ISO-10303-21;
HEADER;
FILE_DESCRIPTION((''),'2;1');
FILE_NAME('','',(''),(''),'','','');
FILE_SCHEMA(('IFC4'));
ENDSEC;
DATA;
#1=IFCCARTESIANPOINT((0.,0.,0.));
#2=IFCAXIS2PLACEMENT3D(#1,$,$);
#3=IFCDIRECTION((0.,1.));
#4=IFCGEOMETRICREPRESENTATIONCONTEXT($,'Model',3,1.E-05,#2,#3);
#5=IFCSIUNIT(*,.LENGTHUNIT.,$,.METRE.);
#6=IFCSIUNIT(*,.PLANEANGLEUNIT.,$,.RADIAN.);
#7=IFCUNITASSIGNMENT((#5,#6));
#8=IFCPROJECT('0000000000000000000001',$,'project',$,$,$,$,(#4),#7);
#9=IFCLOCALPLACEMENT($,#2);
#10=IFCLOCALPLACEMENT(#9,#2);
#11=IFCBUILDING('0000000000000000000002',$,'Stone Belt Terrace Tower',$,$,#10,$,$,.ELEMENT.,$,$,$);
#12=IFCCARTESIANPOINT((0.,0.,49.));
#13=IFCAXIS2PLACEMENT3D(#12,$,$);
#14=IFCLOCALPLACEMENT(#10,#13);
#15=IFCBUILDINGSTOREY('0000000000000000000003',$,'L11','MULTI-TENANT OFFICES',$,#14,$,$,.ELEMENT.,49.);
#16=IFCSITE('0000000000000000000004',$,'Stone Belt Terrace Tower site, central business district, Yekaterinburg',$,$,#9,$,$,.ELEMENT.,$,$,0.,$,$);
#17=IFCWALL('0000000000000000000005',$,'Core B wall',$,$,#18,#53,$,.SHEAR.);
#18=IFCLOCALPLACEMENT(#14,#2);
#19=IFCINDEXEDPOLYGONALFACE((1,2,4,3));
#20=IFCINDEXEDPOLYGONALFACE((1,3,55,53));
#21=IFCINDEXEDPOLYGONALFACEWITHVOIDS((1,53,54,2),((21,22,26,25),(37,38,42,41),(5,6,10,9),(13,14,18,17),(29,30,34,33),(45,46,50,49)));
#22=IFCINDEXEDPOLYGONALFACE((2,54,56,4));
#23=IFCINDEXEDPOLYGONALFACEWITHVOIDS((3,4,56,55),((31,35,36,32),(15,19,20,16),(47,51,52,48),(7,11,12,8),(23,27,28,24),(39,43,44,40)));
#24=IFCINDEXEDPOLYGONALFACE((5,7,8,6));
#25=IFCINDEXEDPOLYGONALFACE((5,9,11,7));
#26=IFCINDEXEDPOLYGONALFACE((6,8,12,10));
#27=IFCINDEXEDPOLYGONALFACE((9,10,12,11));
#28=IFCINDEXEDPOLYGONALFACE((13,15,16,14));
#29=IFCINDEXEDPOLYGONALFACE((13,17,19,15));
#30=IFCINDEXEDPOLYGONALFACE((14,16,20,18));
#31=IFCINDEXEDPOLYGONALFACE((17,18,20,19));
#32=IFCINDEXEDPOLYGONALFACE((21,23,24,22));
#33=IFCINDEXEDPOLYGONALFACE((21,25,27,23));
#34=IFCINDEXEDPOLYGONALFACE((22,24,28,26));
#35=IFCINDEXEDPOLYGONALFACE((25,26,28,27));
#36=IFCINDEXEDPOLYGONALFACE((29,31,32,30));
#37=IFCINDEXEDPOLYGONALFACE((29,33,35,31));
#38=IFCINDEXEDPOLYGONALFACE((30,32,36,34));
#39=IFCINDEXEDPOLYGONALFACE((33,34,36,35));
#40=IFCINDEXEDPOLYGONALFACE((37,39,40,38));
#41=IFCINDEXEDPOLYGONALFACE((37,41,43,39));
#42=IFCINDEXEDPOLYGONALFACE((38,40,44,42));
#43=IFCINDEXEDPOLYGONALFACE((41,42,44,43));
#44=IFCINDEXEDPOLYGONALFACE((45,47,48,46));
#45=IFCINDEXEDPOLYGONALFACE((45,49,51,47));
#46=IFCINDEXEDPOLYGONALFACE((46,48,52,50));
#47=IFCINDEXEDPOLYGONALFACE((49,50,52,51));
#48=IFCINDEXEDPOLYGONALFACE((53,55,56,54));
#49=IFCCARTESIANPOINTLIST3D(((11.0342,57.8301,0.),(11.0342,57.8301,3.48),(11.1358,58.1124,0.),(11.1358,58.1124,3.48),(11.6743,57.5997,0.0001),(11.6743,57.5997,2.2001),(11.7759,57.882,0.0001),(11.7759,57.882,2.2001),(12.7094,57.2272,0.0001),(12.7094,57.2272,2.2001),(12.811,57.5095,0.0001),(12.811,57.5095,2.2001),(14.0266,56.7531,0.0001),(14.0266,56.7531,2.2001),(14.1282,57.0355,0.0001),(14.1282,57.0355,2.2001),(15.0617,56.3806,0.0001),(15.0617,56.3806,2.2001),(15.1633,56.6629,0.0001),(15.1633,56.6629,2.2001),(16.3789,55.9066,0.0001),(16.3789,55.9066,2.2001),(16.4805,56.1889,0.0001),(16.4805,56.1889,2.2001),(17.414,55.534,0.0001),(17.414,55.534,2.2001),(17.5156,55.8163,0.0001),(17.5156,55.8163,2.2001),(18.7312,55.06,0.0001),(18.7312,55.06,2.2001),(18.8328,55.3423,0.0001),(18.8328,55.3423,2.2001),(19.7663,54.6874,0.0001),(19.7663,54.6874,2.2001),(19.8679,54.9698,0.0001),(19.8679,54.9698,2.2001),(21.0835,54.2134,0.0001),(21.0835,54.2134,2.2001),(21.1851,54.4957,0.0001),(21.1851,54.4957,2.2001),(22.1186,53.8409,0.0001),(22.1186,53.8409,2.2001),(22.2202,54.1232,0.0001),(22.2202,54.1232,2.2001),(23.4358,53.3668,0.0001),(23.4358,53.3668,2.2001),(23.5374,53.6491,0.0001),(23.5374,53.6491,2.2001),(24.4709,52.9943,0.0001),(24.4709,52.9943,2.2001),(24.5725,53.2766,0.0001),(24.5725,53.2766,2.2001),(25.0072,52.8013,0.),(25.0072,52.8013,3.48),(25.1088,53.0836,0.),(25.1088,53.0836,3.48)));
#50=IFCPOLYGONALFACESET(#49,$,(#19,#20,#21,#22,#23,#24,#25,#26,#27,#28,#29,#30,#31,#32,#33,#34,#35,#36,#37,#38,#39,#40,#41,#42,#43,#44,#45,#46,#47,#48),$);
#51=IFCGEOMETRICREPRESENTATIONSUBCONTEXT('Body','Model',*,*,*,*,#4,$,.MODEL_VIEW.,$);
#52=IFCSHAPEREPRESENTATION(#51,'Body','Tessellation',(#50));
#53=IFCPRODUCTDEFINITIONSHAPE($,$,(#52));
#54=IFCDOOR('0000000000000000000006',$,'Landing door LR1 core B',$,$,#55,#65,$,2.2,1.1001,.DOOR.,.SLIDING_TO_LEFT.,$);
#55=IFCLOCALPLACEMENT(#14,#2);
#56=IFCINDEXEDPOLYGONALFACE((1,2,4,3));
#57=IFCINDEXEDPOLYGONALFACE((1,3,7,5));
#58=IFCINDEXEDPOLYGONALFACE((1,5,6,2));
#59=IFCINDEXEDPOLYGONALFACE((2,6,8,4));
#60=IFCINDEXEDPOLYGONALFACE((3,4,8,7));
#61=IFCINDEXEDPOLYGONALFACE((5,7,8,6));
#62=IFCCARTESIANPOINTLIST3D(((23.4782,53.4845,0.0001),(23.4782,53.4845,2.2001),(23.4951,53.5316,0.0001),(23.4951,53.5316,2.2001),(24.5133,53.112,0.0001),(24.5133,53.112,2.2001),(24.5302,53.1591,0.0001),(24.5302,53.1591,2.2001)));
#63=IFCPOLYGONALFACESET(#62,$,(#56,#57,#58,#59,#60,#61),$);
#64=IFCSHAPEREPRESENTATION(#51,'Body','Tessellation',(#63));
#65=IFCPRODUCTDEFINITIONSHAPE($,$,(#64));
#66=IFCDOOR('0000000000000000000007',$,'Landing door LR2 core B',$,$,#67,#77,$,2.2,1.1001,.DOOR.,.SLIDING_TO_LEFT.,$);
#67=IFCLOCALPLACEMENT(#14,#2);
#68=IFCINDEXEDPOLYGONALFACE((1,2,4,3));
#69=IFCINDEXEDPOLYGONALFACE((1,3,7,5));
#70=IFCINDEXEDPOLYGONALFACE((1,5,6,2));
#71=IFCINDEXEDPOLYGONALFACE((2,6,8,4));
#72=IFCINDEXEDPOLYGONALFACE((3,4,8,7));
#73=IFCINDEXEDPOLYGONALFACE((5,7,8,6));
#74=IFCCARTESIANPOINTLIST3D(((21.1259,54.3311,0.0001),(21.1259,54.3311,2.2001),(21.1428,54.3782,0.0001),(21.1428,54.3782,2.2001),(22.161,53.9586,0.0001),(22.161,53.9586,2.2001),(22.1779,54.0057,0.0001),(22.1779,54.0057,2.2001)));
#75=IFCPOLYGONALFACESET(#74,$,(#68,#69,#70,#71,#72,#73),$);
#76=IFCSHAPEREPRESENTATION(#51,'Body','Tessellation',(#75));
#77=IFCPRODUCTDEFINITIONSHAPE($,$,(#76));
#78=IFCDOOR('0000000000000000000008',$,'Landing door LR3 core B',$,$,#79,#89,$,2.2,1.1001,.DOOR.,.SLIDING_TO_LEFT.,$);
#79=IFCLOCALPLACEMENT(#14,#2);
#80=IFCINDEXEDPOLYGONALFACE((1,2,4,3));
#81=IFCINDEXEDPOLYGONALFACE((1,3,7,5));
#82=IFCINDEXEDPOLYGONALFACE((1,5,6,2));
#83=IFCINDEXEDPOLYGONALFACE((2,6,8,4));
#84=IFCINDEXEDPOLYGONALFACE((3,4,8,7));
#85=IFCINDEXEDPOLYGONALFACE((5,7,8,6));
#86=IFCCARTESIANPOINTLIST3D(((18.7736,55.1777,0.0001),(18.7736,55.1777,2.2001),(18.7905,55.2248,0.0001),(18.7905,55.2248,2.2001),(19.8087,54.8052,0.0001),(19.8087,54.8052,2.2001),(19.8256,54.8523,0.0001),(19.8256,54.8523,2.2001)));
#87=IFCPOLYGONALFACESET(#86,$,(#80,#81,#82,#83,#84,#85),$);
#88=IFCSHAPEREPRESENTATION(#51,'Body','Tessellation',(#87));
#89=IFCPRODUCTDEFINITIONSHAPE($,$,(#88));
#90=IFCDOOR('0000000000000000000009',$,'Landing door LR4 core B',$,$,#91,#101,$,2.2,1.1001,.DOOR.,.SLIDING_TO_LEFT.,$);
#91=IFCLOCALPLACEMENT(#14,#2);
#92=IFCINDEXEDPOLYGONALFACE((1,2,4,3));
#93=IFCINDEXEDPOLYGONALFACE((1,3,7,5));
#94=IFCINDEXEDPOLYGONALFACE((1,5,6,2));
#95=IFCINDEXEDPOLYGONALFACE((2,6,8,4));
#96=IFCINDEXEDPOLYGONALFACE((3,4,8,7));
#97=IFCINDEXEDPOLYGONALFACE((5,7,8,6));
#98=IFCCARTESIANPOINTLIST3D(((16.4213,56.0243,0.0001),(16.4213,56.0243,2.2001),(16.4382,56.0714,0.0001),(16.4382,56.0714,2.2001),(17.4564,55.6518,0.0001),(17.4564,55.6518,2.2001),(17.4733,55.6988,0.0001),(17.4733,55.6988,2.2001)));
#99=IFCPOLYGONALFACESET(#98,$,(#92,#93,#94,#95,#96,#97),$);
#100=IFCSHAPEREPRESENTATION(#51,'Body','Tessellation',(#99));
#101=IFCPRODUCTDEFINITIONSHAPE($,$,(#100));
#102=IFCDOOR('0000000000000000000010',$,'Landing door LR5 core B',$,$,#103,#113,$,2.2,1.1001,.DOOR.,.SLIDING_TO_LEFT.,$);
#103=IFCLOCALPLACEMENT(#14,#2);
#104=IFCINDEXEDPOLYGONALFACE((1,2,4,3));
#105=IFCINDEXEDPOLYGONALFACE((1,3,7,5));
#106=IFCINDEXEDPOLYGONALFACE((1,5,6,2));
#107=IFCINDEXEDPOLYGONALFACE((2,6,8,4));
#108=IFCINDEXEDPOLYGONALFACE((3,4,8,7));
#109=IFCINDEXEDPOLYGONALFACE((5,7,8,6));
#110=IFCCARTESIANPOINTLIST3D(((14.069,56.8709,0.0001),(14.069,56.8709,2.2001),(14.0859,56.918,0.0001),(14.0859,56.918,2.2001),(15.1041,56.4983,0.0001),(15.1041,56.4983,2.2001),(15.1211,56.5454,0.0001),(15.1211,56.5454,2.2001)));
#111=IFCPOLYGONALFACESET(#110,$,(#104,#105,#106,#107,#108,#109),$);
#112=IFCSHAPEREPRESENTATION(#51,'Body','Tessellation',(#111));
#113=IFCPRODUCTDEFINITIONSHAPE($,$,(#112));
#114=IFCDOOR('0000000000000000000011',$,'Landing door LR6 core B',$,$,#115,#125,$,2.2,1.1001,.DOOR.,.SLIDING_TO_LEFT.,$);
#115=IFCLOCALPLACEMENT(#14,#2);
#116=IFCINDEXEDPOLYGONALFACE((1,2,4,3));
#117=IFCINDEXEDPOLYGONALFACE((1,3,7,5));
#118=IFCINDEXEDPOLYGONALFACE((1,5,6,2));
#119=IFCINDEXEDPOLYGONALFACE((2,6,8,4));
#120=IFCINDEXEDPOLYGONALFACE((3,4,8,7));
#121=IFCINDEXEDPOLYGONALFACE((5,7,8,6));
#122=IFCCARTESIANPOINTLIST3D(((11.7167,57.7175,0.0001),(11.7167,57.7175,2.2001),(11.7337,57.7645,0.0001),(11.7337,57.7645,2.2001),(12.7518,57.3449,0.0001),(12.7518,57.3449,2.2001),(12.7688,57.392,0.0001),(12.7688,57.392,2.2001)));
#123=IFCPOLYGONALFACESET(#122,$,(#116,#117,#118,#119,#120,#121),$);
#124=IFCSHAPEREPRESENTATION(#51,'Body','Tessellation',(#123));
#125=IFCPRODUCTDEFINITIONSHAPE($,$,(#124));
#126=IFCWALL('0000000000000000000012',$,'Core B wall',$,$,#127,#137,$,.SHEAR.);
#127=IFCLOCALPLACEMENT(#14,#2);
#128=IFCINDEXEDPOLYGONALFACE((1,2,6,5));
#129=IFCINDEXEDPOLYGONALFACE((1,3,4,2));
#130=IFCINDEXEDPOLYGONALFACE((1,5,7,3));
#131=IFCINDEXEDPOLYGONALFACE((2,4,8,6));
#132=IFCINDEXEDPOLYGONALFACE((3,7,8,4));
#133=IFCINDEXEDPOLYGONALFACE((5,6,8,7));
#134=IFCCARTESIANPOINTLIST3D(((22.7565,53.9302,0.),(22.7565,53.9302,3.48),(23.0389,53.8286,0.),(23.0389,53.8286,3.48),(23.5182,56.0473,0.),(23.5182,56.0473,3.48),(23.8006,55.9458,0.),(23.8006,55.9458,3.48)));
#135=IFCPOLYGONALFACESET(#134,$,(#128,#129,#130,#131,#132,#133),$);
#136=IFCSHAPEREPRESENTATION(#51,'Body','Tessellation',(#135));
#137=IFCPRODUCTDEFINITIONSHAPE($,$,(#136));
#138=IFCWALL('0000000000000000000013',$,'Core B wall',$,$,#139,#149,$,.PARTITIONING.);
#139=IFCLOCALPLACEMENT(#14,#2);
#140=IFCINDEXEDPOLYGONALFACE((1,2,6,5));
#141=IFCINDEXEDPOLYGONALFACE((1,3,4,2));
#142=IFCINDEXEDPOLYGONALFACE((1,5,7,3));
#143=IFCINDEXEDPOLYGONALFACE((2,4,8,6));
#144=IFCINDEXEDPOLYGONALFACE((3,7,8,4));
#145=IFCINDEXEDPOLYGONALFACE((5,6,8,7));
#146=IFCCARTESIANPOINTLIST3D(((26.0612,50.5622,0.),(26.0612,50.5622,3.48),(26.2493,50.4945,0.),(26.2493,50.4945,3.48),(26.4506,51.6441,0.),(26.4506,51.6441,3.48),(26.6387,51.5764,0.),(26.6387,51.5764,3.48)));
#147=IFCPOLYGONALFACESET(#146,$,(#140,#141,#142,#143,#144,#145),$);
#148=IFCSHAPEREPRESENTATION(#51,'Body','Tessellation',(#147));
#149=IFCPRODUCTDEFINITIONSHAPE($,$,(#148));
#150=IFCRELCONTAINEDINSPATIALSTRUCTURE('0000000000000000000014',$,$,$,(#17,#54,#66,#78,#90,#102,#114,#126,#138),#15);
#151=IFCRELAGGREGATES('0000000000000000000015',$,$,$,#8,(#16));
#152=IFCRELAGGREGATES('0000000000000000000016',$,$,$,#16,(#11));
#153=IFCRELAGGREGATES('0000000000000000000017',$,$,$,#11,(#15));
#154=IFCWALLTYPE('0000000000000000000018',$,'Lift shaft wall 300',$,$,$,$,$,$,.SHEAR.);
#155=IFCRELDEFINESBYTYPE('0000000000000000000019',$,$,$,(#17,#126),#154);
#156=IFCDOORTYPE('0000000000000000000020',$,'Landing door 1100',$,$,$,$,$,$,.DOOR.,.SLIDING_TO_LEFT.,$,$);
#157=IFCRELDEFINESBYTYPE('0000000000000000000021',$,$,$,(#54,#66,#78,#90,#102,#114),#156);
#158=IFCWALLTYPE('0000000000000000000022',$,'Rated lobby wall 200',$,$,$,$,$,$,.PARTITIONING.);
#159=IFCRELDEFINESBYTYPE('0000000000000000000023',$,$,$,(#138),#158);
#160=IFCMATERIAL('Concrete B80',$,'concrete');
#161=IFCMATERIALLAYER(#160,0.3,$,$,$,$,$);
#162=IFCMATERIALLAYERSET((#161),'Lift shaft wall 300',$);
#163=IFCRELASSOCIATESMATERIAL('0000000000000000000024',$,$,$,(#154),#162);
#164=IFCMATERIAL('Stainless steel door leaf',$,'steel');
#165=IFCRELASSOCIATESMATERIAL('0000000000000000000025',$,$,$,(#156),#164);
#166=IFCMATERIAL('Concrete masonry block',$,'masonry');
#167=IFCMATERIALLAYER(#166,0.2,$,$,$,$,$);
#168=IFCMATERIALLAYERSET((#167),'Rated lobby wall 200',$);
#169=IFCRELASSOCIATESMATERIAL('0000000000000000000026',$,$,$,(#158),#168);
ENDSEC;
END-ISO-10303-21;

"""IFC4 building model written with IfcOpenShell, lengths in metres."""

from ifc_helpers import new_model, si_unit, direction, frame, frame_2d, origin, place, context, subcontext, project, spatial, rectangle, extrude, material, layer, layer_set, type_object, element, fill, save


model = new_model("IFC4")

# Units and contexts
model_context = context("Model", 3, precision=1e-05, world=origin(), true_north=direction((0.0, 1.0)))
body_context = subcontext(model_context, "Body", "Model", "MODEL_VIEW")
ifc_project = project(units=[si_unit("LENGTHUNIT", "METRE"), si_unit("PLANEANGLEUNIT", "RADIAN")], contexts=[model_context])

# Site, building, storey
site_placement = place(None, origin())
site = spatial("IfcSite", under=ifc_project, at=site_placement, Name="Stone Belt Terrace Tower site, central business district, Yekaterinburg", CompositionType="ELEMENT", RefElevation=0.0)
building_placement = place(site_placement, origin())
building = spatial("IfcBuilding", under=site, at=building_placement, Name="Stone Belt Terrace Tower", CompositionType="ELEMENT")
storey_placement = place(building_placement, frame((0.0, 0.0, 49.0)))
storey = spatial("IfcBuildingStorey", under=building, at=storey_placement, Name="L11", Description="MULTI-TENANT OFFICES", CompositionType="ELEMENT", Elevation=49.0)

# Shared definitions
ifc_material_1 = material(Name="Concrete B80", Category="concrete")

# Shared definitions
ifc_layer_1 = layer(ifc_material_1, 0.3)
ifc_layer_set_1 = layer_set([ifc_layer_1], Name="Lift shaft wall 300")
wall_type_1 = type_object("IfcWallType", Name="Lift shaft wall 300", PredefinedType="SHEAR", material=ifc_layer_set_1)
ifc_material_2 = material(Name="Stainless steel door leaf", Category="steel")

# Wall, openings, doors
wall_1_placement = place(storey_placement, frame((25.0581, 52.9424, 0.0), z_axis=(0.0, 0.0, 1.0), x_axis=(-0.940918, 0.338634, 0.0)))
wall_1 = element("IfcWall", 1, at=wall_1_placement, inside=storey, type_object=wall_type_1, Name="Core B wall", PredefinedType="SHEAR", context=body_context, shape_type="SweptSolid", body=[
    extrude(rectangle(XDim=14.8503, YDim=0.3, at=frame_2d((7.4253, 0.0))), origin(), (0.0, 0.0, 1.0), 3.48),
])
opening_1_placement = place(wall_1_placement, frame((0.5701, 0.0, 0.0)))
opening_1 = element("IfcOpeningElement", 2, at=opening_1_placement, cuts=wall_1, PredefinedType="OPENING", context=body_context, shape_type="SweptSolid", body=[
    extrude(rectangle(XDim=1.1001, YDim=2.2, at=frame_2d((0.55, 1.1001))), frame((0.0, 0.1599, 0.0), z_axis=(0.0, -1.0, 0.0), x_axis=(1.0, 0.0, 0.0)), (0.0, 0.0, 1.0), 0.3201),
])
opening_2_placement = place(wall_1_placement, frame((3.0701, 0.0, 0.0)))
opening_2 = element("IfcOpeningElement", 3, at=opening_2_placement, cuts=wall_1, PredefinedType="OPENING", context=body_context, shape_type="SweptSolid", body=[
    extrude(rectangle(XDim=1.1001, YDim=2.2, at=frame_2d((0.55, 1.1001))), frame((0.0, 0.1599, 0.0), z_axis=(0.0, -1.0, 0.0), x_axis=(1.0, 0.0, 0.0)), (0.0, 0.0, 1.0), 0.3201),
])
opening_3_placement = place(wall_1_placement, frame((5.5701, 0.0, 0.0)))
opening_3 = element("IfcOpeningElement", 4, at=opening_3_placement, cuts=wall_1, PredefinedType="OPENING", context=body_context, shape_type="SweptSolid", body=[
    extrude(rectangle(XDim=1.1001, YDim=2.2, at=frame_2d((0.55, 1.1001))), frame((0.0, 0.1599, 0.0), z_axis=(0.0, -1.0, 0.0), x_axis=(1.0, 0.0, 0.0)), (0.0, 0.0, 1.0), 0.3201),
])
opening_4_placement = place(wall_1_placement, frame((8.0701, 0.0, 0.0)))
opening_4 = element("IfcOpeningElement", 5, at=opening_4_placement, cuts=wall_1, PredefinedType="OPENING", context=body_context, shape_type="SweptSolid", body=[
    extrude(rectangle(XDim=1.1001, YDim=2.2, at=frame_2d((0.55, 1.1001))), frame((0.0, 0.1599, 0.0), z_axis=(0.0, -1.0, 0.0), x_axis=(1.0, 0.0, 0.0)), (0.0, 0.0, 1.0), 0.3201),
])
opening_5_placement = place(wall_1_placement, frame((10.5701, 0.0, 0.0)))
opening_5 = element("IfcOpeningElement", 6, at=opening_5_placement, cuts=wall_1, PredefinedType="OPENING", context=body_context, shape_type="SweptSolid", body=[
    extrude(rectangle(XDim=1.1001, YDim=2.2, at=frame_2d((0.55, 1.1001))), frame((0.0, 0.1599, 0.0), z_axis=(0.0, -1.0, 0.0), x_axis=(1.0, 0.0, 0.0)), (0.0, 0.0, 1.0), 0.3201),
])
opening_6_placement = place(wall_1_placement, frame((13.0701, 0.0, 0.0)))
opening_6 = element("IfcOpeningElement", 7, at=opening_6_placement, cuts=wall_1, PredefinedType="OPENING", context=body_context, shape_type="SweptSolid", body=[
    extrude(rectangle(XDim=1.1001, YDim=2.2, at=frame_2d((0.55, 1.1001))), frame((0.0, 0.1599, 0.0), z_axis=(0.0, -1.0, 0.0), x_axis=(1.0, 0.0, 0.0)), (0.0, 0.0, 1.0), 0.3201),
])
door_type_1 = type_object("IfcDoorType", Name="Landing door 1100", OperationType="SLIDING_TO_LEFT", PredefinedType="DOOR", material=ifc_material_2)
door_1_placement = place(opening_1_placement, origin())
door_1 = element("IfcDoor", 8, at=door_1_placement, inside=storey, type_object=door_type_1, Name="Landing door LR1 core B", OperationType="SLIDING_TO_LEFT", OverallHeight=2.2, OverallWidth=1.1001, PredefinedType="DOOR", context=body_context, shape_type="SweptSolid", body=[
    extrude(rectangle(XDim=1.1001, YDim=2.2, at=frame_2d((0.55, 1.1001))), frame((0.0, 0.0249, 0.0), z_axis=(0.0, -1.0, 0.0), x_axis=(1.0, 0.0, 0.0)), (0.0, 0.0, 1.0), 0.05),
])
fill(opening_1, door_1)
door_2_placement = place(opening_2_placement, origin())
door_2 = element("IfcDoor", 9, at=door_2_placement, inside=storey, type_object=door_type_1, Name="Landing door LR2 core B", OperationType="SLIDING_TO_LEFT", OverallHeight=2.2, OverallWidth=1.1001, PredefinedType="DOOR", context=body_context, shape_type="SweptSolid", body=[
    extrude(rectangle(XDim=1.1001, YDim=2.2, at=frame_2d((0.55, 1.1001))), frame((0.0, 0.0249, 0.0), z_axis=(0.0, -1.0, 0.0), x_axis=(1.0, 0.0, 0.0)), (0.0, 0.0, 1.0), 0.05),
])
fill(opening_2, door_2)
door_3_placement = place(opening_3_placement, origin())
door_3 = element("IfcDoor", 10, at=door_3_placement, inside=storey, type_object=door_type_1, Name="Landing door LR3 core B", OperationType="SLIDING_TO_LEFT", OverallHeight=2.2, OverallWidth=1.1001, PredefinedType="DOOR", context=body_context, shape_type="SweptSolid", body=[
    extrude(rectangle(XDim=1.1001, YDim=2.2, at=frame_2d((0.55, 1.1001))), frame((0.0, 0.0249, 0.0), z_axis=(0.0, -1.0, 0.0), x_axis=(1.0, 0.0, 0.0)), (0.0, 0.0, 1.0), 0.05),
])
fill(opening_3, door_3)
door_4_placement = place(opening_4_placement, origin())
door_4 = element("IfcDoor", 11, at=door_4_placement, inside=storey, type_object=door_type_1, Name="Landing door LR4 core B", OperationType="SLIDING_TO_LEFT", OverallHeight=2.2, OverallWidth=1.1001, PredefinedType="DOOR", context=body_context, shape_type="SweptSolid", body=[
    extrude(rectangle(XDim=1.1001, YDim=2.2, at=frame_2d((0.55, 1.1001))), frame((0.0, 0.0249, 0.0), z_axis=(0.0, -1.0, 0.0), x_axis=(1.0, 0.0, 0.0)), (0.0, 0.0, 1.0), 0.05),
])
fill(opening_4, door_4)
door_5_placement = place(opening_5_placement, origin())
door_5 = element("IfcDoor", 12, at=door_5_placement, inside=storey, type_object=door_type_1, Name="Landing door LR5 core B", OperationType="SLIDING_TO_LEFT", OverallHeight=2.2, OverallWidth=1.1001, PredefinedType="DOOR", context=body_context, shape_type="SweptSolid", body=[
    extrude(rectangle(XDim=1.1001, YDim=2.2, at=frame_2d((0.55, 1.1001))), frame((0.0, 0.0249, 0.0), z_axis=(0.0, -1.0, 0.0), x_axis=(1.0, 0.0, 0.0)), (0.0, 0.0, 1.0), 0.05),
])
fill(opening_5, door_5)
door_6_placement = place(opening_6_placement, origin())
door_6 = element("IfcDoor", 13, at=door_6_placement, inside=storey, type_object=door_type_1, Name="Landing door LR6 core B", OperationType="SLIDING_TO_LEFT", OverallHeight=2.2, OverallWidth=1.1001, PredefinedType="DOOR", context=body_context, shape_type="SweptSolid", body=[
    extrude(rectangle(XDim=1.1001, YDim=2.2, at=frame_2d((0.55, 1.1001))), frame((0.0, 0.0249, 0.0), z_axis=(0.0, -1.0, 0.0), x_axis=(1.0, 0.0, 0.0)), (0.0, 0.0, 1.0), 0.05),
])
fill(opening_6, door_6)

# Walls
wall_2_placement = place(storey_placement, frame((22.8977, 53.8794, 0.0), z_axis=(0.0, 0.0, 1.0), x_axis=(0.338535, 0.940954, 0.0)))
element("IfcWall", 14, at=wall_2_placement, inside=storey, type_object=wall_type_1, Name="Core B wall", PredefinedType="SHEAR", context=body_context, shape_type="SweptSolid", body=[
    extrude(rectangle(XDim=2.25, YDim=0.3, at=frame_2d((1.125, 0.0))), origin(), (0.0, 0.0, 1.0), 3.48),
])
ifc_material_3 = material(Name="Concrete masonry block", Category="masonry")
ifc_layer_2 = layer(ifc_material_3, 0.2)
ifc_layer_set_2 = layer_set([ifc_layer_2], Name="Rated lobby wall 200")
wall_type_2 = type_object("IfcWallType", Name="Rated lobby wall 200", PredefinedType="PARTITIONING", material=ifc_layer_set_2)
wall_3_placement = place(storey_placement, frame((26.1553, 50.5283, 0.0), z_axis=(0.0, 0.0, 1.0), x_axis=(0.338622, 0.940923, 0.0)))
element("IfcWall", 15, at=wall_3_placement, inside=storey, type_object=wall_type_2, Name="Core B wall", PredefinedType="PARTITIONING", context=body_context, shape_type="SweptSolid", body=[
    extrude(rectangle(XDim=1.1499, YDim=0.2, at=frame_2d((0.575, 0.0))), origin(), (0.0, 0.0, 1.0), 3.48),
])

save(model, "model.ifc")
